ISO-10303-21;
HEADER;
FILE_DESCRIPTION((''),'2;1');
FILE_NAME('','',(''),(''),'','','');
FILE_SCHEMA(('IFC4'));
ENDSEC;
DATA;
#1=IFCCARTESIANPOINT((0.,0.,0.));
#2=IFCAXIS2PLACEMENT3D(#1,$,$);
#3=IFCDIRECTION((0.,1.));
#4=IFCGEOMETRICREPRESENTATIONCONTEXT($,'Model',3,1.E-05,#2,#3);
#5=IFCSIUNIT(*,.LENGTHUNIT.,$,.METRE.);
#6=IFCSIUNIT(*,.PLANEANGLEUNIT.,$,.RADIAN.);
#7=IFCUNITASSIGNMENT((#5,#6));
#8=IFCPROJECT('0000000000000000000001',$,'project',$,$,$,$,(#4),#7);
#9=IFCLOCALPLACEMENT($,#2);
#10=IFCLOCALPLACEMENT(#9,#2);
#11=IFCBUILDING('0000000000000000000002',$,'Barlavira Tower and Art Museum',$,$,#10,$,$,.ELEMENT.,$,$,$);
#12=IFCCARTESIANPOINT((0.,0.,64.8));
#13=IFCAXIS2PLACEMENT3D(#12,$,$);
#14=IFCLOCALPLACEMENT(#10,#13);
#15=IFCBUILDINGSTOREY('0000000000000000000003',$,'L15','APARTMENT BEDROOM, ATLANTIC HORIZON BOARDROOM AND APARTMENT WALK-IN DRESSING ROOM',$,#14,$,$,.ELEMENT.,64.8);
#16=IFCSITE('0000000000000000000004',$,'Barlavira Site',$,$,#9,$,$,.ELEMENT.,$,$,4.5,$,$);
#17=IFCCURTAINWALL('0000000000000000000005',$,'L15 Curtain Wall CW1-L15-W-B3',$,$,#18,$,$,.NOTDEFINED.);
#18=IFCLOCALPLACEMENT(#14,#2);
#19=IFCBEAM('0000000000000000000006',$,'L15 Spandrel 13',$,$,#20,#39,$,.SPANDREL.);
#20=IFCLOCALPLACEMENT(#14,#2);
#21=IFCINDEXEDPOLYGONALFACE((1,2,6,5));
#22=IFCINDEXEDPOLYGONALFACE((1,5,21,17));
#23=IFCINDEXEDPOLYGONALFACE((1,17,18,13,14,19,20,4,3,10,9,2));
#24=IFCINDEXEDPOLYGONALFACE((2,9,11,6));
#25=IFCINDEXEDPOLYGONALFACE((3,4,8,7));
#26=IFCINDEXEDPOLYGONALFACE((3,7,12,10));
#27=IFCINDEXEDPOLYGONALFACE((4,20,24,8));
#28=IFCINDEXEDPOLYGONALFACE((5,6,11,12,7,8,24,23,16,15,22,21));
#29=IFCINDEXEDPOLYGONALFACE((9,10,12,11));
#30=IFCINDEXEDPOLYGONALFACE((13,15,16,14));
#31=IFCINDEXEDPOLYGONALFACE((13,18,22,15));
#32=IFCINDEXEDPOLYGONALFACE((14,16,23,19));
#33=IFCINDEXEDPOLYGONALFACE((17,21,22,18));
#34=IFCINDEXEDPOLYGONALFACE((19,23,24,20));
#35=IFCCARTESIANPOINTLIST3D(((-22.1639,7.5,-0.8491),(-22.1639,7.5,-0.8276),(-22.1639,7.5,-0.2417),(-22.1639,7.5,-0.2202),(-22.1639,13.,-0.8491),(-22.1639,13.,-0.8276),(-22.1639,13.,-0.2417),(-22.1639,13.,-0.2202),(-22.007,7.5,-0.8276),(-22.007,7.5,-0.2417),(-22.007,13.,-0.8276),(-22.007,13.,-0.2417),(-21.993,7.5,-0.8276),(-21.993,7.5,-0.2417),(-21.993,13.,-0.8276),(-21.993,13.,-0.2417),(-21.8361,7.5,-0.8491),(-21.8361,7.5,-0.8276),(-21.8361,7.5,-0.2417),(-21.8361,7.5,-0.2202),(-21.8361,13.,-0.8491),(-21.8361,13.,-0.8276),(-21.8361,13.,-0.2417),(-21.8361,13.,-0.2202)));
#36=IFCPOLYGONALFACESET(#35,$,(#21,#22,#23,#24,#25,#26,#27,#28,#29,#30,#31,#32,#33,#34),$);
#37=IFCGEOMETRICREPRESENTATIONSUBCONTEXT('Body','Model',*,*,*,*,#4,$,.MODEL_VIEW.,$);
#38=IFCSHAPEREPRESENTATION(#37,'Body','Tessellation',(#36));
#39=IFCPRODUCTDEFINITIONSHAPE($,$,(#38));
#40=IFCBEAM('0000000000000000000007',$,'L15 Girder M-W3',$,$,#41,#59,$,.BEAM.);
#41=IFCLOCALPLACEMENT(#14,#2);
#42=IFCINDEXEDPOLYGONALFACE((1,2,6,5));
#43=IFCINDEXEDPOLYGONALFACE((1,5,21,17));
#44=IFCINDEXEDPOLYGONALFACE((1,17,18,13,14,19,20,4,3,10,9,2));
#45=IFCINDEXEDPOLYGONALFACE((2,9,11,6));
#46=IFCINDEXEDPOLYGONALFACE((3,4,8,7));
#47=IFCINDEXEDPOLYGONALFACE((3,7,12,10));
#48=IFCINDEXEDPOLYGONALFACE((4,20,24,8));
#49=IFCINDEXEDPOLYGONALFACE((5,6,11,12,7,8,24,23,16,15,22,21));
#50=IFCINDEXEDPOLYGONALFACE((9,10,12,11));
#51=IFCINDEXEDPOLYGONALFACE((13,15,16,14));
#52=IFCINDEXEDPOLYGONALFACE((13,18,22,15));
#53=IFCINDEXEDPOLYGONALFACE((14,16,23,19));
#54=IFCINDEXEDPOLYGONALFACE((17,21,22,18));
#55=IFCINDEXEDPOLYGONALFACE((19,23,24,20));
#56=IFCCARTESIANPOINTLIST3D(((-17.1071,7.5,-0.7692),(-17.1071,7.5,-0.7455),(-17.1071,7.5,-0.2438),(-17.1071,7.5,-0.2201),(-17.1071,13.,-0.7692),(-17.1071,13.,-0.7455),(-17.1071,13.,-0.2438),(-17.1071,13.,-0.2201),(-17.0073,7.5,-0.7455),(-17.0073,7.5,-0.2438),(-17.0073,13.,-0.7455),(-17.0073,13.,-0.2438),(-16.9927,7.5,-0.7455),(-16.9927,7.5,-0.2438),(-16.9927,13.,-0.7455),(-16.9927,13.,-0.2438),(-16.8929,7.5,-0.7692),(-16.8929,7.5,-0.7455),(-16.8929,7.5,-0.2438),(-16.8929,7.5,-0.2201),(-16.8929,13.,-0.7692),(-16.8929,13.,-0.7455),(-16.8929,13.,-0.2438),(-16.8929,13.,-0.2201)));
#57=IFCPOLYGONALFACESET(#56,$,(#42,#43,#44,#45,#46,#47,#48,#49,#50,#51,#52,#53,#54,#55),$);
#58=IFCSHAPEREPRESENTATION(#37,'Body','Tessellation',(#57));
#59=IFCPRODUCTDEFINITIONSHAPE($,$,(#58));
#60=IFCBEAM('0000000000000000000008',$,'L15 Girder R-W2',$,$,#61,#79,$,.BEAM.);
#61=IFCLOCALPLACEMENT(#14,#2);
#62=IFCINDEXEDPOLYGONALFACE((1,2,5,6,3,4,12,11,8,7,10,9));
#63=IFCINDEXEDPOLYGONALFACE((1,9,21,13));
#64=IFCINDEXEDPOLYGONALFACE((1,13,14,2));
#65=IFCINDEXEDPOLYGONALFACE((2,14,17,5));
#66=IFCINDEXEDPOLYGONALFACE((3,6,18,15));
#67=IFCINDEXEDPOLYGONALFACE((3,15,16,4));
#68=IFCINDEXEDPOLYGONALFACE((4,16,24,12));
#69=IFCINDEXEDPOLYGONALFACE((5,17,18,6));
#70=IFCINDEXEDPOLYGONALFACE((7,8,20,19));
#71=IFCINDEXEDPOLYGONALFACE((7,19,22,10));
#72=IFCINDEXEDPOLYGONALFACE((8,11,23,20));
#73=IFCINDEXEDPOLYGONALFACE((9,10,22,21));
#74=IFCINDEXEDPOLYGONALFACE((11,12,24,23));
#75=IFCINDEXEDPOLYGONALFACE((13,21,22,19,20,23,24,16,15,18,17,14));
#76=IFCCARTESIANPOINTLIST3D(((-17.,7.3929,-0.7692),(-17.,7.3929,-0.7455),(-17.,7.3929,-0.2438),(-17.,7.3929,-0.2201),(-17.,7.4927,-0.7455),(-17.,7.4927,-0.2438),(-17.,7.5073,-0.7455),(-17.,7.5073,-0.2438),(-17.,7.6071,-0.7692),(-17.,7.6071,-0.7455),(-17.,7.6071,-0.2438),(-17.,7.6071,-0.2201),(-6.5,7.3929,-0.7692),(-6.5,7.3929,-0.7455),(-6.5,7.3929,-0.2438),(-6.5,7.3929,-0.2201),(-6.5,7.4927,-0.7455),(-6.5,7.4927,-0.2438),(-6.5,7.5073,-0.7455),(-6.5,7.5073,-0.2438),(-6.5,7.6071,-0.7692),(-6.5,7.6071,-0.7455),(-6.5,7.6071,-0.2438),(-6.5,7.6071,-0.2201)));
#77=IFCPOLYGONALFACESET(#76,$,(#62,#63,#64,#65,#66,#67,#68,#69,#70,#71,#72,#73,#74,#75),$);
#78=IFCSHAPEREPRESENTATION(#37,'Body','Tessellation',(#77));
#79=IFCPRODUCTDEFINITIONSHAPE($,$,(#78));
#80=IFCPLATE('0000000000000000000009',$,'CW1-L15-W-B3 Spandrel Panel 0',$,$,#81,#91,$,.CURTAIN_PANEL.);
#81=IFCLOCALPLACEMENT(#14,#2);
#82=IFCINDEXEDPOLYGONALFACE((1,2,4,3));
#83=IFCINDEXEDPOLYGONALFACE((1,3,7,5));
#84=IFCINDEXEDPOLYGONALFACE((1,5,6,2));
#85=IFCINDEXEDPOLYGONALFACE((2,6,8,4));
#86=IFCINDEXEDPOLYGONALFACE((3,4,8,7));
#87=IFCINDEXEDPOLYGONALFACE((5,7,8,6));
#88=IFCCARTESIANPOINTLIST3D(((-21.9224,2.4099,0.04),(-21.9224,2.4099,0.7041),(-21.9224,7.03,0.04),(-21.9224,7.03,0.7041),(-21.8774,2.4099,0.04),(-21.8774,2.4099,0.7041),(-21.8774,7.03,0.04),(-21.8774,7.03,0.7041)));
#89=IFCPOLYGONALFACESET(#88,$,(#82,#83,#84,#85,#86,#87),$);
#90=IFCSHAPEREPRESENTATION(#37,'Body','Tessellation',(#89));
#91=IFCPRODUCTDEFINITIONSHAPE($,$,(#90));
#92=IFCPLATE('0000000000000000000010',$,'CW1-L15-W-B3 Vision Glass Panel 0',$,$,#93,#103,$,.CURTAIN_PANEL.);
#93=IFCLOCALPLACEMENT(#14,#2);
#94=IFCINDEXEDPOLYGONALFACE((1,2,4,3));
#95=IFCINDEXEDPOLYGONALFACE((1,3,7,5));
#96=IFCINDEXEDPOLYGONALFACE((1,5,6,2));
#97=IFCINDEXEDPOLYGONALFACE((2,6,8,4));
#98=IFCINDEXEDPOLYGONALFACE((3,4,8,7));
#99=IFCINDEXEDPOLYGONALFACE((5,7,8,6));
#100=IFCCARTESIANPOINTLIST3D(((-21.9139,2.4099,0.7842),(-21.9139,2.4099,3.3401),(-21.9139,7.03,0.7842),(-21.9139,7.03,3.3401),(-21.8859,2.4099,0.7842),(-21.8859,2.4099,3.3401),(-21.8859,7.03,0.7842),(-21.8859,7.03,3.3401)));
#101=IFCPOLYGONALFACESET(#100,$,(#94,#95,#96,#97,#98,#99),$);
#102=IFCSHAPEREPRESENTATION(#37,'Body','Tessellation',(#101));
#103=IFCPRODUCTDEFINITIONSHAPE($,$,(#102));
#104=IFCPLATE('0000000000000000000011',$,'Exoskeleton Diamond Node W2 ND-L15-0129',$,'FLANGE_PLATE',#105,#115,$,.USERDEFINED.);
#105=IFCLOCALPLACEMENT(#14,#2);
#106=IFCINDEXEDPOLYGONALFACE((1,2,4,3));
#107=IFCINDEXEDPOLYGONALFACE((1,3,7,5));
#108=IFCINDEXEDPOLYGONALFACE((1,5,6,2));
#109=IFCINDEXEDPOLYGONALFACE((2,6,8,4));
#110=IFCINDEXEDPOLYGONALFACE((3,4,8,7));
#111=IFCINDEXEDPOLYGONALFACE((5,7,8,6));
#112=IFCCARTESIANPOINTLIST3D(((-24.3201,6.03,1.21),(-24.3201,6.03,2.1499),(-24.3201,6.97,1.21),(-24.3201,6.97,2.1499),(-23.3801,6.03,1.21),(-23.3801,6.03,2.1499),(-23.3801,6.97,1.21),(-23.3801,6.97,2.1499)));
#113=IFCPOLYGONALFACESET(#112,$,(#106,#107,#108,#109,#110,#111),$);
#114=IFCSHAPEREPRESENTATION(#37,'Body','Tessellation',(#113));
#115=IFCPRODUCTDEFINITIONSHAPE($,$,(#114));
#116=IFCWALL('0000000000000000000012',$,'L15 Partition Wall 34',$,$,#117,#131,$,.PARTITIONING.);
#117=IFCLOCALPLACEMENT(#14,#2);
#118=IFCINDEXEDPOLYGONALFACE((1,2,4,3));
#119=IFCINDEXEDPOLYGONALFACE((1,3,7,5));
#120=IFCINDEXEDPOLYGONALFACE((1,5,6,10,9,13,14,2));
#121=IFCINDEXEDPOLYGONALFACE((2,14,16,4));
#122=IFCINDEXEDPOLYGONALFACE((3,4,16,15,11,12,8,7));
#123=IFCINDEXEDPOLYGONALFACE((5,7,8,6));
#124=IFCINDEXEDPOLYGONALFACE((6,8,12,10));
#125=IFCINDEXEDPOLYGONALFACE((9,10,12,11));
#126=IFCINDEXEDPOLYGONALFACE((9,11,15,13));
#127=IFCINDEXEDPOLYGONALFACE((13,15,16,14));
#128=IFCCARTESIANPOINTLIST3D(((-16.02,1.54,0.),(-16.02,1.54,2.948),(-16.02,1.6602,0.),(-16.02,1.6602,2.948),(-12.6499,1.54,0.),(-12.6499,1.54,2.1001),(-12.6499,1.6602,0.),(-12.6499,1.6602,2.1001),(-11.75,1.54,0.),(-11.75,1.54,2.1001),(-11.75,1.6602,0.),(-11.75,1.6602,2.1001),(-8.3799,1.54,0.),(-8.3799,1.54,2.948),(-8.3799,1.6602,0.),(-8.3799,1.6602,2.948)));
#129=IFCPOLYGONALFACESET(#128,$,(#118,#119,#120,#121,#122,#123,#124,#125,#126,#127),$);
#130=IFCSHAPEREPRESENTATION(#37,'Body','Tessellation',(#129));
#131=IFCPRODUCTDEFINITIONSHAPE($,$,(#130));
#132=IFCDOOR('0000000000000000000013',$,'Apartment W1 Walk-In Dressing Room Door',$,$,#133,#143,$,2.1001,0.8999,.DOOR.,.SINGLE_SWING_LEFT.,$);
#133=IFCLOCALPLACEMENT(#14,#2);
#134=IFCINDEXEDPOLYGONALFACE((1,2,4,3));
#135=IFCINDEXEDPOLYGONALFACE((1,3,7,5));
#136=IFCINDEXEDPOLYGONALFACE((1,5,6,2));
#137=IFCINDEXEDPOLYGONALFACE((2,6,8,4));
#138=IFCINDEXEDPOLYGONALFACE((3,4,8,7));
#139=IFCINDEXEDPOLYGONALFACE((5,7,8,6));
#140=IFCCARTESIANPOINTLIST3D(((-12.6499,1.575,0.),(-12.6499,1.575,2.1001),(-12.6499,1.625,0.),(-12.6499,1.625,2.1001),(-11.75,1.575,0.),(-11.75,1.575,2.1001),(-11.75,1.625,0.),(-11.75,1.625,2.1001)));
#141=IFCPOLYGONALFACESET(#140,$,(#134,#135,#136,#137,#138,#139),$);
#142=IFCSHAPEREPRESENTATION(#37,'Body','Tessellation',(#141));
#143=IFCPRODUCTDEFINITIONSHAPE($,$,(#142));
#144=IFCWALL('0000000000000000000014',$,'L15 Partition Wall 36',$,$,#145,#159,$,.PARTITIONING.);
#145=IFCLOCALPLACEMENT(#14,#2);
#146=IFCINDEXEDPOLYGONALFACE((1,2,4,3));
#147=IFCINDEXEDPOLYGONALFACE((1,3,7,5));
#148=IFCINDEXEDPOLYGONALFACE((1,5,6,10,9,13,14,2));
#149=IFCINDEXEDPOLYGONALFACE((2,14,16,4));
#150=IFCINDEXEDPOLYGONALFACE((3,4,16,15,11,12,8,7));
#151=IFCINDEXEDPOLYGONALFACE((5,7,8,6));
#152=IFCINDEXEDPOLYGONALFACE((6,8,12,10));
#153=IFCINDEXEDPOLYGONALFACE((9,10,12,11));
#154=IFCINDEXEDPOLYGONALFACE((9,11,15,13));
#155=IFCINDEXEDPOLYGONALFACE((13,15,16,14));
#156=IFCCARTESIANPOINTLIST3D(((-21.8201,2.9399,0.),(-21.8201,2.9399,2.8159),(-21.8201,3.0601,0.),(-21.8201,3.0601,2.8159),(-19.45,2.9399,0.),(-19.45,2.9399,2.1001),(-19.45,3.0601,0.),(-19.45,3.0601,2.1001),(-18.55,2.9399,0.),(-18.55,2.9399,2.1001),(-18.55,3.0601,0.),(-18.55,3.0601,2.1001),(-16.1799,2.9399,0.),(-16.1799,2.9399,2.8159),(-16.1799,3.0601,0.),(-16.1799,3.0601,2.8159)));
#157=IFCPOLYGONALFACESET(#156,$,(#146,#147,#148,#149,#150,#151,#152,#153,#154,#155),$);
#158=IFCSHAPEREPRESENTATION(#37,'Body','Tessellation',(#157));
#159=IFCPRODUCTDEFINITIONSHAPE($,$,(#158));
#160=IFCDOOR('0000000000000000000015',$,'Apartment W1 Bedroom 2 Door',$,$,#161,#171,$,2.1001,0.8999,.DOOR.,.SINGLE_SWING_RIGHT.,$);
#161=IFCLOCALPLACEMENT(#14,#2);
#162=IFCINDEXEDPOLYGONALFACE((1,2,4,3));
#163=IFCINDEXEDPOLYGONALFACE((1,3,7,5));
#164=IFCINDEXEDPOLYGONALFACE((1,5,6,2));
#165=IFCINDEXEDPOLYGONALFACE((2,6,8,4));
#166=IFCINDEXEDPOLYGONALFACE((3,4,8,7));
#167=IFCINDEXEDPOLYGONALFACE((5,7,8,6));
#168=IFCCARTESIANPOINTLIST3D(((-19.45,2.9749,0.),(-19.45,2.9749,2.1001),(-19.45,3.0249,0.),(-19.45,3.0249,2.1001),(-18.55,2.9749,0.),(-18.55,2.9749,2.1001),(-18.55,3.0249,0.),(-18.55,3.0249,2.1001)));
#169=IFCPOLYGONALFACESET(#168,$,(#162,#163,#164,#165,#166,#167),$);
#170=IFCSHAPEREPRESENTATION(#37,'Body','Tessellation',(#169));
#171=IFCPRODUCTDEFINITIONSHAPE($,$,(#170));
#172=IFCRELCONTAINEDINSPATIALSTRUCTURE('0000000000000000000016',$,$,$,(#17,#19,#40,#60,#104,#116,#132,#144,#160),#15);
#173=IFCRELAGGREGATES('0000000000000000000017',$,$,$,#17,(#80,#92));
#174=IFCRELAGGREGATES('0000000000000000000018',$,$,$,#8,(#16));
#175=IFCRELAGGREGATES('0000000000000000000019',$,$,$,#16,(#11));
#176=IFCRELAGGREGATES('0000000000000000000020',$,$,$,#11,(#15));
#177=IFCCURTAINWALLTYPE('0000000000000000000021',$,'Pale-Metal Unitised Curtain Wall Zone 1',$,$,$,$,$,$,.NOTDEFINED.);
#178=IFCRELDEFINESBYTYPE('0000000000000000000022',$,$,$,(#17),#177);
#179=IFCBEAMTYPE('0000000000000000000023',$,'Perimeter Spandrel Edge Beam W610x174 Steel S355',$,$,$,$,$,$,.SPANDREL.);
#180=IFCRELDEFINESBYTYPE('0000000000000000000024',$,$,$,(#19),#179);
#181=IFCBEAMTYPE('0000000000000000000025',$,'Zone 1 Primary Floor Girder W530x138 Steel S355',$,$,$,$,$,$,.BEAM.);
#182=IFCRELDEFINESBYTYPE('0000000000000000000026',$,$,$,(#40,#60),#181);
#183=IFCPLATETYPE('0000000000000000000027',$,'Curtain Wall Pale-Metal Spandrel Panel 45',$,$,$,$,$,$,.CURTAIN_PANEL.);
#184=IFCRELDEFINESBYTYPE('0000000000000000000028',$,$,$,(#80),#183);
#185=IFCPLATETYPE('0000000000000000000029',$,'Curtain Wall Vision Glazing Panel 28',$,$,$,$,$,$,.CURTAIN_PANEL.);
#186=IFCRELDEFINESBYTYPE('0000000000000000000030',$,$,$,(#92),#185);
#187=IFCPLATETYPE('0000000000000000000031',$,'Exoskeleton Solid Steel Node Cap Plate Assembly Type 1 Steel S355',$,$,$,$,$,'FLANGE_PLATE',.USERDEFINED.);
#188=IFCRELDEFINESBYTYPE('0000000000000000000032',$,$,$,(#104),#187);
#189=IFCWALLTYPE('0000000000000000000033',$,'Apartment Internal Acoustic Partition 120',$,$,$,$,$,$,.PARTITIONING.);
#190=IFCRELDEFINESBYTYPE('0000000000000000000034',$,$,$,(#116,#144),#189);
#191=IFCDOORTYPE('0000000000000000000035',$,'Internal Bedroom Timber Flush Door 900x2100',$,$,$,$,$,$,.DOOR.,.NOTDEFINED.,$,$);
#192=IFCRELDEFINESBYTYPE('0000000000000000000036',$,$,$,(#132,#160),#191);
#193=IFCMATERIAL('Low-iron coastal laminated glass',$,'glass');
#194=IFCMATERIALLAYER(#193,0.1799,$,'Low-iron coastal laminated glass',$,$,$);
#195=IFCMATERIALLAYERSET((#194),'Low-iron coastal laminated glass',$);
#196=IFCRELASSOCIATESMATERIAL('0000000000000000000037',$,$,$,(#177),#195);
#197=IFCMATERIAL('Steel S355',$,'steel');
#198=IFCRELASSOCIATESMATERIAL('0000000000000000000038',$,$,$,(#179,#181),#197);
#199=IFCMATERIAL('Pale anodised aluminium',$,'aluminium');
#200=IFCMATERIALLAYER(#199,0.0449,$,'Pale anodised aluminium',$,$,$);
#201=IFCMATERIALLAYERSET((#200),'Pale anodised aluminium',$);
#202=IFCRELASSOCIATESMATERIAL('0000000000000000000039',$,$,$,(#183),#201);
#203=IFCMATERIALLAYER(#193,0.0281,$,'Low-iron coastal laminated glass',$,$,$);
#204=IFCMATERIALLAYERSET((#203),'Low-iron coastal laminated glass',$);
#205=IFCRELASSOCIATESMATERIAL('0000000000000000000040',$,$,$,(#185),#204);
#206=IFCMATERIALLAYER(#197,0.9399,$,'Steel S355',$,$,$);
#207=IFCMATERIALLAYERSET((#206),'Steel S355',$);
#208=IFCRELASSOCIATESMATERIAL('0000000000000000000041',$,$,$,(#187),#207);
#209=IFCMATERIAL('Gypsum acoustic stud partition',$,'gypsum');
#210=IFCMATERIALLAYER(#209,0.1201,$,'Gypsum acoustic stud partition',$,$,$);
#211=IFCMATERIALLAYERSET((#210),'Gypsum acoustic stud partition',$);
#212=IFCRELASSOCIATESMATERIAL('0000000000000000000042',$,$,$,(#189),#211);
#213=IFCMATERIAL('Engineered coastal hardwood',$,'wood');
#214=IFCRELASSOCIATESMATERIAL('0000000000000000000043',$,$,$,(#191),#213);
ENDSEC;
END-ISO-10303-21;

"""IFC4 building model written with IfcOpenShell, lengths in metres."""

from ifc_helpers import new_model, si_unit, direction, frame, frame_2d, origin, origin_2d, place, context, subcontext, project, spatial, rectangle, i_section, extrude, material, layer, layer_set, material_profile, profile_set, type_object, element, fill, aggregate, save


model = new_model("IFC4")

# Units and contexts
model_context = context("Model", 3, precision=1e-05, world=origin(), true_north=direction((0.0, 1.0)))
body_context = subcontext(model_context, "Body", "Model", "MODEL_VIEW")
ifc_project = project(units=[si_unit("LENGTHUNIT", "METRE"), si_unit("PLANEANGLEUNIT", "RADIAN")], contexts=[model_context])

# Site, building, storey
site_placement = place(None, origin())
site = spatial("IfcSite", under=ifc_project, at=site_placement, Name="Barlavira Site", CompositionType="ELEMENT", RefElevation=4.5)
building_placement = place(site_placement, origin())
building = spatial("IfcBuilding", under=site, at=building_placement, Name="Barlavira Tower and Art Museum", CompositionType="ELEMENT")
storey_placement = place(building_placement, frame((0.0, 0.0, 64.8)))
storey = spatial("IfcBuildingStorey", under=building, at=storey_placement, Name="L15", Description="APARTMENT BEDROOM, ATLANTIC HORIZON BOARDROOM AND APARTMENT WALK-IN DRESSING ROOM", CompositionType="ELEMENT", Elevation=64.8)

# Curtain wall
ifc_material_1 = material(Name="Low-iron coastal laminated glass", Category="glass")
ifc_layer_1 = layer(ifc_material_1, 0.1799, Name="Low-iron coastal laminated glass")
ifc_layer_set_1 = layer_set([ifc_layer_1], Name="Low-iron coastal laminated glass")
curtain_wall_type = type_object("IfcCurtainWallType", Name="Pale-Metal Unitised Curtain Wall Zone 1", PredefinedType="NOTDEFINED", material=ifc_layer_set_1)
curtain_wall_placement = place(storey_placement, origin())
curtain_wall = element("IfcCurtainWall", 1, at=curtain_wall_placement, inside=storey, type_object=curtain_wall_type, Name="L15 Curtain Wall CW1-L15-W-B3", PredefinedType="NOTDEFINED")
ifc_material_2 = material(Name="Pale anodised aluminium", Category="aluminium")

# Beams
ifc_material_3 = material(Name="Steel S355", Category="steel")
ifc_material_profile_1 = material_profile(ifc_material_3, i_section(OverallWidth=0.3279, OverallDepth=0.6289, WebThickness=0.0139, FlangeThickness=0.0215, at=origin_2d()), Name="W610x174.0")
ifc_profile_set_1 = profile_set([ifc_material_profile_1], Name="Steel S355")
beam_type_1 = type_object("IfcBeamType", Name="Perimeter Spandrel Edge Beam W610x174 Steel S355", PredefinedType="SPANDREL", material=ifc_profile_set_1)
beam_1_placement = place(storey_placement, frame((-22.0, 7.5, -0.5347), z_axis=(0.0, 1.0, 0.0), x_axis=(-1.0, 0.0, 0.0)))
element("IfcBeam", 2, at=beam_1_placement, inside=storey, type_object=beam_type_1, Name="L15 Spandrel 13", PredefinedType="SPANDREL", context=body_context, shape_type="SweptSolid", body=[
    extrude(i_section(OverallWidth=0.3279, OverallDepth=0.6289, WebThickness=0.0139, FlangeThickness=0.0215, at=origin_2d()), origin(), (0.0, 0.0, 1.0), 5.5),
])
ifc_material_profile_2 = material_profile(ifc_material_3, i_section(OverallWidth=0.2141, OverallDepth=0.5491, WebThickness=0.0146, FlangeThickness=0.0237, at=origin_2d()), Name="W530x138.0")
ifc_profile_set_2 = profile_set([ifc_material_profile_2], Name="Steel S355")
beam_type_2 = type_object("IfcBeamType", Name="Zone 1 Primary Floor Girder W530x138 Steel S355", PredefinedType="BEAM", material=ifc_profile_set_2)
beam_2_placement = place(storey_placement, frame((-17.0, 7.5, -0.4946), z_axis=(0.0, 1.0, 0.0), x_axis=(-1.0, 0.0, 0.0)))
element("IfcBeam", 3, at=beam_2_placement, inside=storey, type_object=beam_type_2, Name="L15 Girder M-W3", PredefinedType="BEAM", context=body_context, shape_type="SweptSolid", body=[
    extrude(i_section(OverallWidth=0.2141, OverallDepth=0.5491, WebThickness=0.0146, FlangeThickness=0.0237, at=origin_2d()), origin(), (0.0, 0.0, 1.0), 5.5),
])
beam_3_placement = place(storey_placement, frame((-17.0, 7.5, -0.4946), z_axis=(1.0, 0.0, 0.0), x_axis=(0.0, 1.0, 0.0)))
element("IfcBeam", 4, at=beam_3_placement, inside=storey, type_object=beam_type_2, Name="L15 Girder R-W2", PredefinedType="BEAM", context=body_context, shape_type="SweptSolid", body=[
    extrude(i_section(OverallWidth=0.2141, OverallDepth=0.5491, WebThickness=0.0146, FlangeThickness=0.0237, at=origin_2d()), origin(), (0.0, 0.0, 1.0), 10.5),
])

# Plates
ifc_layer_2 = layer(ifc_material_2, 0.0449, Name="Pale anodised aluminium")
ifc_layer_set_2 = layer_set([ifc_layer_2], Name="Pale anodised aluminium")
plate_type_1 = type_object("IfcPlateType", Name="Curtain Wall Pale-Metal Spandrel Panel 45", PredefinedType="CURTAIN_PANEL", material=ifc_layer_set_2)
plate_1_placement = place(storey_placement, frame((-21.8999, 4.72, 0.04), z_axis=(0.0, 0.0, 1.0), x_axis=(0.0, -1.0, 0.0)))
plate_1 = element("IfcPlate", 5, at=plate_1_placement, type_object=plate_type_1, Name="CW1-L15-W-B3 Spandrel Panel 0", PredefinedType="CURTAIN_PANEL", context=body_context, shape_type="SweptSolid", body=[
    extrude(rectangle(XDim=4.6201, YDim=0.0449, at=origin_2d()), origin(), (0.0, 0.0, 1.0), 0.6641),
])
ifc_layer_3 = layer(ifc_material_1, 0.0281, Name="Low-iron coastal laminated glass")
ifc_layer_set_3 = layer_set([ifc_layer_3], Name="Low-iron coastal laminated glass")
plate_type_2 = type_object("IfcPlateType", Name="Curtain Wall Vision Glazing Panel 28", PredefinedType="CURTAIN_PANEL", material=ifc_layer_set_3)
plate_2_placement = place(storey_placement, frame((-21.8999, 4.72, 0.7842), z_axis=(0.0, 0.0, 1.0), x_axis=(0.0, -1.0, 0.0)))
plate_2 = element("IfcPlate", 6, at=plate_2_placement, type_object=plate_type_2, Name="CW1-L15-W-B3 Vision Glass Panel 0", PredefinedType="CURTAIN_PANEL", context=body_context, shape_type="SweptSolid", body=[
    extrude(rectangle(XDim=4.6201, YDim=0.0281, at=origin_2d()), origin(), (0.0, 0.0, 1.0), 2.5559),
])
aggregate(curtain_wall, [plate_1, plate_2])
ifc_layer_4 = layer(ifc_material_3, 0.9399, Name="Steel S355")
ifc_layer_set_4 = layer_set([ifc_layer_4], Name="Steel S355")
plate_type_3 = type_object("IfcPlateType", Name="Exoskeleton Solid Steel Node Cap Plate Assembly Type 1 Steel S355", ElementType="FLANGE_PLATE", PredefinedType="USERDEFINED", material=ifc_layer_set_4)
plate_3_placement = place(storey_placement, frame((-23.8501, 6.5, 1.21), z_axis=(0.0, 0.0, 1.0), x_axis=(1.0, 0.0, 0.0)))
element("IfcPlate", 7, at=plate_3_placement, inside=storey, type_object=plate_type_3, Name="Exoskeleton Diamond Node W2 ND-L15-0129", ObjectType="FLANGE_PLATE", PredefinedType="USERDEFINED", context=body_context, shape_type="SweptSolid", body=[
    extrude(rectangle(XDim=0.9399, YDim=0.9399, at=origin_2d()), origin(), (0.0, 0.0, 1.0), 0.9399),
])

# Walls, openings, doors
ifc_material_4 = material(Name="Gypsum acoustic stud partition", Category="gypsum")
ifc_layer_5 = layer(ifc_material_4, 0.1201, Name="Gypsum acoustic stud partition")
ifc_layer_set_5 = layer_set([ifc_layer_5], Name="Gypsum acoustic stud partition")
wall_type_1 = type_object("IfcWallType", Name="Apartment Internal Acoustic Partition 120", PredefinedType="PARTITIONING", material=ifc_layer_set_5)
wall_1_placement = place(storey_placement, frame((-16.02, 1.6001, 0.0), z_axis=(0.0, 0.0, 1.0), x_axis=(1.0, 0.0, 0.0)))
wall_1 = element("IfcWall", 8, at=wall_1_placement, inside=storey, type_object=wall_type_1, Name="L15 Partition Wall 34", PredefinedType="PARTITIONING", context=body_context, shape_type="SweptSolid", body=[
    extrude(rectangle(XDim=7.6401, YDim=0.1201, at=frame_2d((3.8201, 0.0))), origin(), (0.0, 0.0, 1.0), 2.948),
])
opening_1_placement = place(wall_1_placement, frame((3.3701, 0.0, 0.0)))
opening_1 = element("IfcOpeningElement", 9, at=opening_1_placement, cuts=wall_1, PredefinedType="OPENING", context=body_context, shape_type="SweptSolid", body=[
    extrude(rectangle(XDim=0.8999, YDim=2.1001, at=frame_2d((0.45, 1.05))), frame((0.0, 0.0701, 0.0), z_axis=(0.0, -1.0, 0.0), x_axis=(1.0, 0.0, 0.0)), (0.0, 0.0, 1.0), 0.1401),
])
ifc_material_5 = material(Name="Engineered coastal hardwood", Category="wood")
door_type = type_object("IfcDoorType", Name="Internal Bedroom Timber Flush Door 900x2100", OperationType="NOTDEFINED", PredefinedType="DOOR", material=ifc_material_5)
door_1_placement = place(opening_1_placement, origin())
door_1 = element("IfcDoor", 10, at=door_1_placement, inside=storey, type_object=door_type, Name="Apartment W1 Walk-In Dressing Room Door", OperationType="SINGLE_SWING_LEFT", OverallHeight=2.1001, OverallWidth=0.8999, PredefinedType="DOOR", context=body_context, shape_type="SweptSolid", body=[
    extrude(rectangle(XDim=0.8999, YDim=2.1001, at=frame_2d((0.45, 1.05))), frame((0.0, 0.0249, 0.0), z_axis=(0.0, -1.0, 0.0), x_axis=(1.0, 0.0, 0.0)), (0.0, 0.0, 1.0), 0.05),
])
fill(opening_1, door_1)
wall_2_placement = place(storey_placement, frame((-21.8201, 3.0, 0.0), z_axis=(0.0, 0.0, 1.0), x_axis=(1.0, 0.0, 0.0)))
wall_2 = element("IfcWall", 11, at=wall_2_placement, inside=storey, type_object=wall_type_1, Name="L15 Partition Wall 36", PredefinedType="PARTITIONING", context=body_context, shape_type="SweptSolid", body=[
    extrude(rectangle(XDim=5.6401, YDim=0.1201, at=frame_2d((2.8201, 0.0))), origin(), (0.0, 0.0, 1.0), 2.8159),
])
opening_2_placement = place(wall_2_placement, frame((2.3701, 0.0, 0.0)))
opening_2 = element("IfcOpeningElement", 12, at=opening_2_placement, cuts=wall_2, PredefinedType="OPENING", context=body_context, shape_type="SweptSolid", body=[
    extrude(rectangle(XDim=0.8999, YDim=2.1001, at=frame_2d((0.45, 1.05))), frame((0.0, 0.0701, 0.0), z_axis=(0.0, -1.0, 0.0), x_axis=(1.0, 0.0, 0.0)), (0.0, 0.0, 1.0), 0.1401),
])
door_2_placement = place(opening_2_placement, origin())
door_2 = element("IfcDoor", 13, at=door_2_placement, inside=storey, type_object=door_type, Name="Apartment W1 Bedroom 2 Door", OperationType="SINGLE_SWING_RIGHT", OverallHeight=2.1001, OverallWidth=0.8999, PredefinedType="DOOR", context=body_context, shape_type="SweptSolid", body=[
    extrude(rectangle(XDim=0.8999, YDim=2.1001, at=frame_2d((0.45, 1.05))), frame((0.0, 0.0249, 0.0), z_axis=(0.0, -1.0, 0.0), x_axis=(1.0, 0.0, 0.0)), (0.0, 0.0, 1.0), 0.05),
])
fill(opening_2, door_2)

save(model, "model.ifc")
